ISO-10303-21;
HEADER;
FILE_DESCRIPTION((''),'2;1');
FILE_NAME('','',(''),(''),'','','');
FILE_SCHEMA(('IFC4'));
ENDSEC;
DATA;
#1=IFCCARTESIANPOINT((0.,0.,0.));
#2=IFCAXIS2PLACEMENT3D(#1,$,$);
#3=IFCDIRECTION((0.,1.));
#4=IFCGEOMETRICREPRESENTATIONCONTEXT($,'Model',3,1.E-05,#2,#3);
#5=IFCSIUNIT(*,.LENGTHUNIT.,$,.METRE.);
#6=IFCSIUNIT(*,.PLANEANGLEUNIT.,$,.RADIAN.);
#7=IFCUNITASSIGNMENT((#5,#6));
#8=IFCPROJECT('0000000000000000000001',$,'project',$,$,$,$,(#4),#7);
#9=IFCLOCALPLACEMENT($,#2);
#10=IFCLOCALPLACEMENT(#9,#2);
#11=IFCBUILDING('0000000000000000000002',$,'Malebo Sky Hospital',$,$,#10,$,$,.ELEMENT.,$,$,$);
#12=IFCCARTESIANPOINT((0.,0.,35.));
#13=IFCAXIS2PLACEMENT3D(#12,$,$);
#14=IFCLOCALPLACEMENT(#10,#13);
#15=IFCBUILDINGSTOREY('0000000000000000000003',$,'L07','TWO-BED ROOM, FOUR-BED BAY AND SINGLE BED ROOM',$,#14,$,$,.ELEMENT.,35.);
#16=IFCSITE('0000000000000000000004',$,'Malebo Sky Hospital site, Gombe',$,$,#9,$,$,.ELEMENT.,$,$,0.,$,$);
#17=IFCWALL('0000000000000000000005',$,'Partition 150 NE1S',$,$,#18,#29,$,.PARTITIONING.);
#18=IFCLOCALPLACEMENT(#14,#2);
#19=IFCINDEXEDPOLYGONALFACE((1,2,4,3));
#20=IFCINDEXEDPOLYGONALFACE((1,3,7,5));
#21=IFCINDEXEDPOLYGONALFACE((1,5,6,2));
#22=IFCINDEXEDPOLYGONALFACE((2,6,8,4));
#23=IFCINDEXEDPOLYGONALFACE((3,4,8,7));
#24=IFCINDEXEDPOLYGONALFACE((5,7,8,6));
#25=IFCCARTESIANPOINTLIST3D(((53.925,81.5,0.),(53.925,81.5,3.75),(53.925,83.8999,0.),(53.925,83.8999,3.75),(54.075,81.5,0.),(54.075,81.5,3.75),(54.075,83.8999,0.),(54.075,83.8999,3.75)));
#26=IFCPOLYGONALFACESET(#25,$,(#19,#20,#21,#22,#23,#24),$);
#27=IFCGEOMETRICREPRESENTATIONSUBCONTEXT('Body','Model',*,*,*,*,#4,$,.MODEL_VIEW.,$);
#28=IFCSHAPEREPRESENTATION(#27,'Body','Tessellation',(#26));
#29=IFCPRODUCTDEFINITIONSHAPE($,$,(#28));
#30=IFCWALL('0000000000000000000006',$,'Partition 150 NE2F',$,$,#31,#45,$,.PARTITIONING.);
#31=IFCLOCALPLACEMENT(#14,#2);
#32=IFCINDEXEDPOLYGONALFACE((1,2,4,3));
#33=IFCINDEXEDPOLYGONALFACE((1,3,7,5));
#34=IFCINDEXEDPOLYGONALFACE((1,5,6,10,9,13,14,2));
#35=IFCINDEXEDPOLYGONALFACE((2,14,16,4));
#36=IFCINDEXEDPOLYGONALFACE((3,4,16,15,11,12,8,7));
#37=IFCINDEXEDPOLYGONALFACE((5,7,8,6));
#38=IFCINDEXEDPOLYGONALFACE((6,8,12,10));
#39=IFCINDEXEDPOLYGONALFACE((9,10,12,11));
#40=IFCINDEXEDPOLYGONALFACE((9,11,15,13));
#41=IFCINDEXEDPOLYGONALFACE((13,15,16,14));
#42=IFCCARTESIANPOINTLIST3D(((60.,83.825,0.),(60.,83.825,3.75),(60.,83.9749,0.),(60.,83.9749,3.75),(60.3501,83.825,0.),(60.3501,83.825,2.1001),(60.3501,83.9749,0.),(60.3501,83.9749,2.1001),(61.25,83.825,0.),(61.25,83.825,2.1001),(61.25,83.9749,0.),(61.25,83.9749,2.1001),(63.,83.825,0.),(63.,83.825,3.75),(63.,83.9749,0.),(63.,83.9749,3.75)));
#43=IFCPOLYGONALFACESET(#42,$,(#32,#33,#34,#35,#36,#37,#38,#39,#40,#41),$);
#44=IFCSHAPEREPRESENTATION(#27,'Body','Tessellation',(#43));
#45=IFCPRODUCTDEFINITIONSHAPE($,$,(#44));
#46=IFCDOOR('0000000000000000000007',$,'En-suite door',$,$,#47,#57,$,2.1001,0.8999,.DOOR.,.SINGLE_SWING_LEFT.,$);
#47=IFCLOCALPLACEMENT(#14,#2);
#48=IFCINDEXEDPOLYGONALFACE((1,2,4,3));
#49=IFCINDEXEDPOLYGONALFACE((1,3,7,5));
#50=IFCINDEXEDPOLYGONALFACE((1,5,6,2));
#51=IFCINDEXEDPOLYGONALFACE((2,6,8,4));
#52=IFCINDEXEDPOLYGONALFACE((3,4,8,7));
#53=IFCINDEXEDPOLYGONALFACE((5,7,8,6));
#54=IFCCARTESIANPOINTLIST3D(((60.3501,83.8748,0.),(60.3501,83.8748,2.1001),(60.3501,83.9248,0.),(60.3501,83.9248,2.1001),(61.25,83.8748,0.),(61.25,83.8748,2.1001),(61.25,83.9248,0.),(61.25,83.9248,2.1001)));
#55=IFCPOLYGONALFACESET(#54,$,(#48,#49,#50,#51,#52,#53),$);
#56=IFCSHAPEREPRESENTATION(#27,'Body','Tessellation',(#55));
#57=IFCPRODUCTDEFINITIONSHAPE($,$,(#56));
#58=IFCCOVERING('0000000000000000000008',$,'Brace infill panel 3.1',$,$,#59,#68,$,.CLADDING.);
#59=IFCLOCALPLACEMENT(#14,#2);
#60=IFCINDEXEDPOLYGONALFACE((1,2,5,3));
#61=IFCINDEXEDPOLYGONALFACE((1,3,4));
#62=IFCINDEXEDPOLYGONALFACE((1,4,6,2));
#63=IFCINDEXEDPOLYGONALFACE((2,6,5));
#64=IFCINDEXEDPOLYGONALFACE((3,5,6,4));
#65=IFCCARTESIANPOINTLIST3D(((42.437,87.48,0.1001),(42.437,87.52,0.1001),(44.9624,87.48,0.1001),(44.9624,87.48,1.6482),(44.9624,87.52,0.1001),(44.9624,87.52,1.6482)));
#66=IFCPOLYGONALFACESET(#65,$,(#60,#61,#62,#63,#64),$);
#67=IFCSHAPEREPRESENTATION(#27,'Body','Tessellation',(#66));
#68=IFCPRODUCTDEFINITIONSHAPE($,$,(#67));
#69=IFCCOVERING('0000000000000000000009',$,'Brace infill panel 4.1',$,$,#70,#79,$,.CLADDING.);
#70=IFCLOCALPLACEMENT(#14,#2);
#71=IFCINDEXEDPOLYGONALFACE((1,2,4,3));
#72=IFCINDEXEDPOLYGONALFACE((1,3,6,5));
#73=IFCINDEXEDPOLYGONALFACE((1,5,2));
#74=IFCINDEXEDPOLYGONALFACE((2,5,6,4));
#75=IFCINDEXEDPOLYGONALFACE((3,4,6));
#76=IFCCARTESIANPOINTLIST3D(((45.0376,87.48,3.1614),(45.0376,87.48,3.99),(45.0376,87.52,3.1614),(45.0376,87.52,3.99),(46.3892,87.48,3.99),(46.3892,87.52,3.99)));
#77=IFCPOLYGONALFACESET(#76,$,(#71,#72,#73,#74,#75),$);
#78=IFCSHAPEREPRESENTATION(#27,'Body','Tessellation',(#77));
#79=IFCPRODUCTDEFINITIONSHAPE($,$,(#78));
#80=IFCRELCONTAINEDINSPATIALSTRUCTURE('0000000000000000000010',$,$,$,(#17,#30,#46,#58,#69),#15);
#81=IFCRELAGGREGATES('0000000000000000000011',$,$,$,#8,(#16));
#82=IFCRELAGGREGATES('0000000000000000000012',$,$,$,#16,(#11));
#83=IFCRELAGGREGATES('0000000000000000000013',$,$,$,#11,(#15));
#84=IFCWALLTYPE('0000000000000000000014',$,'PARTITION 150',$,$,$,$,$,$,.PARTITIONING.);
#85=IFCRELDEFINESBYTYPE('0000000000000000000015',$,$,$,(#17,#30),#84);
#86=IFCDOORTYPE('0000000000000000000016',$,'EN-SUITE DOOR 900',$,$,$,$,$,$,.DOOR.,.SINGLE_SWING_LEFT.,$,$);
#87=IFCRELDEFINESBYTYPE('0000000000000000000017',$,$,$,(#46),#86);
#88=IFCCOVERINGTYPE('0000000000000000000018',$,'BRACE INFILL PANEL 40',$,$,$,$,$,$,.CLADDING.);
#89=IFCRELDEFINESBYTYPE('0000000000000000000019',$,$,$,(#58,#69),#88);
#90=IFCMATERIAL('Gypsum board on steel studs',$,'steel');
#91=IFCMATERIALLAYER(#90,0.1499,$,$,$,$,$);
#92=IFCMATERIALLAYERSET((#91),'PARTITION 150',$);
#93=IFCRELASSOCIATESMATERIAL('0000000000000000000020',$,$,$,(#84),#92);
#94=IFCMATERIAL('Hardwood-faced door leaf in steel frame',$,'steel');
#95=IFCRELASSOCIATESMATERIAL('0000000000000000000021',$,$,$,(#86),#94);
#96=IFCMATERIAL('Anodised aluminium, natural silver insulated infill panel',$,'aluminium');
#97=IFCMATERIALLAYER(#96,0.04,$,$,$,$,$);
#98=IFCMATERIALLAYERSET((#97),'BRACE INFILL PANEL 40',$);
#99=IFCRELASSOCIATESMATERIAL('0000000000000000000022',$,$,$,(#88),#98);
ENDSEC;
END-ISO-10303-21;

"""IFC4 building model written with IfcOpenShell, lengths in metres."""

from ifc_helpers import new_model, si_unit, direction, frame, frame_2d, origin, place, context, subcontext, project, spatial, polyline, rectangle, outline, extrude, material, layer, layer_set, type_object, element, fill, save


model = new_model("IFC4")

# Units and contexts
model_context = context("Model", 3, precision=1e-05, world=origin(), true_north=direction((0.0, 1.0)))
body_context = subcontext(model_context, "Body", "Model", "MODEL_VIEW")
ifc_project = project(units=[si_unit("LENGTHUNIT", "METRE"), si_unit("PLANEANGLEUNIT", "RADIAN")], contexts=[model_context])

# Site, building, storey
site_placement = place(None, origin())
site = spatial("IfcSite", under=ifc_project, at=site_placement, Name="Malebo Sky Hospital site, Gombe", CompositionType="ELEMENT", RefElevation=0.0)
building_placement = place(site_placement, origin())
building = spatial("IfcBuilding", under=site, at=building_placement, Name="Malebo Sky Hospital", CompositionType="ELEMENT")
storey_placement = place(building_placement, frame((0.0, 0.0, 35.0)))
storey = spatial("IfcBuildingStorey", under=building, at=storey_placement, Name="L07", Description="TWO-BED ROOM, FOUR-BED BAY AND SINGLE BED ROOM", CompositionType="ELEMENT", Elevation=35.0)

# Shared definitions
ifc_material_1 = material(Name="Gypsum board on steel studs", Category="steel")
ifc_layer_1 = layer(ifc_material_1, 0.1499)
ifc_layer_set_1 = layer_set([ifc_layer_1], Name="PARTITION 150")
wall_type = type_object("IfcWallType", Name="PARTITION 150", PredefinedType="PARTITIONING", material=ifc_layer_set_1)

# Shared definitions
ifc_material_2 = material(Name="Hardwood-faced door leaf in steel frame", Category="steel")
door_type = type_object("IfcDoorType", Name="EN-SUITE DOOR 900", OperationType="SINGLE_SWING_LEFT", PredefinedType="DOOR", material=ifc_material_2)

# Wall
wall_1_placement = place(storey_placement, frame((54.0, 81.5, 0.0), z_axis=(0.0, 0.0, 1.0), x_axis=(0.0, 1.0, 0.0)))
element("IfcWall", 1, at=wall_1_placement, inside=storey, type_object=wall_type, Name="Partition 150 NE1S", PredefinedType="PARTITIONING", context=body_context, shape_type="SweptSolid", body=[
    extrude(rectangle(XDim=2.3999, YDim=0.1499, at=frame_2d((1.2, 0.0))), origin(), (0.0, 0.0, 1.0), 3.75),
])

# Wall, opening, door
wall_2_placement = place(storey_placement, frame((60.0, 83.8999, 0.0), z_axis=(0.0, 0.0, 1.0), x_axis=(1.0, 0.0, 0.0)))
wall_2 = element("IfcWall", 2, at=wall_2_placement, inside=storey, type_object=wall_type, Name="Partition 150 NE2F", PredefinedType="PARTITIONING", context=body_context, shape_type="SweptSolid", body=[
    extrude(rectangle(XDim=3.0, YDim=0.1499, at=frame_2d((1.5, 0.0))), origin(), (0.0, 0.0, 1.0), 3.75),
])
opening_1_placement = place(wall_2_placement, frame((0.3501, 0.0, 0.0)))
opening_1 = element("IfcOpeningElement", 3, at=opening_1_placement, cuts=wall_2, PredefinedType="OPENING", context=body_context, shape_type="SweptSolid", body=[
    extrude(rectangle(XDim=0.8999, YDim=2.1001, at=frame_2d((0.45, 1.05))), frame((0.0, 0.085, 0.0), z_axis=(0.0, -1.0, 0.0), x_axis=(1.0, 0.0, 0.0)), (0.0, 0.0, 1.0), 0.1699),
])
door_1_placement = place(opening_1_placement, origin())
door_1 = element("IfcDoor", 4, at=door_1_placement, inside=storey, type_object=door_type, Name="En-suite door", OperationType="SINGLE_SWING_LEFT", OverallHeight=2.1001, OverallWidth=0.8999, PredefinedType="DOOR", context=body_context, shape_type="SweptSolid", body=[
    extrude(rectangle(XDim=0.8999, YDim=2.1001, at=frame_2d((0.45, 1.05))), frame((0.0, 0.0249, 0.0), z_axis=(0.0, -1.0, 0.0), x_axis=(1.0, 0.0, 0.0)), (0.0, 0.0, 1.0), 0.05),
])
fill(opening_1, door_1)

# Coverings
ifc_material_3 = material(Name="Anodised aluminium, natural silver insulated infill panel", Category="aluminium")
ifc_layer_2 = layer(ifc_material_3, 0.04)
ifc_layer_set_2 = layer_set([ifc_layer_2], Name="BRACE INFILL PANEL 40")
covering_type = type_object("IfcCoveringType", Name="BRACE INFILL PANEL 40", PredefinedType="CLADDING", material=ifc_layer_set_2)
covering_1_placement = place(storey_placement, frame((43.6997, 87.5, 0.1001), z_axis=(0.0, 0.0, 1.0), x_axis=(1.0, 0.0, 0.0)))
element("IfcCovering", 5, at=covering_1_placement, inside=storey, type_object=covering_type, Name="Brace infill panel 3.1", PredefinedType="CLADDING", context=body_context, shape_type="SweptSolid", body=[
    extrude(outline(polyline([(-1.2627, 0.0), (1.2627, 0.0), (1.2627, 1.5481), (-1.2627, 0.0)])), frame((0.0, 0.02, 0.0), z_axis=(0.0, -1.0, 0.0), x_axis=(1.0, 0.0, 0.0)), (0.0, 0.0, 1.0), 0.04),
])
covering_2_placement = place(storey_placement, frame((45.7134, 87.5, 3.1614), z_axis=(0.0, 0.0, 1.0), x_axis=(1.0, 0.0, 0.0)))
element("IfcCovering", 6, at=covering_2_placement, inside=storey, type_object=covering_type, Name="Brace infill panel 4.1", PredefinedType="CLADDING", context=body_context, shape_type="SweptSolid", body=[
    extrude(outline(polyline([(-0.6758, 0.0), (0.6758, 0.8286), (-0.6758, 0.8286), (-0.6758, 0.0)])), frame((0.0, 0.02, 0.0), z_axis=(0.0, -1.0, 0.0), x_axis=(1.0, 0.0, 0.0)), (0.0, 0.0, 1.0), 0.04),
])

save(model, "model.ifc")
